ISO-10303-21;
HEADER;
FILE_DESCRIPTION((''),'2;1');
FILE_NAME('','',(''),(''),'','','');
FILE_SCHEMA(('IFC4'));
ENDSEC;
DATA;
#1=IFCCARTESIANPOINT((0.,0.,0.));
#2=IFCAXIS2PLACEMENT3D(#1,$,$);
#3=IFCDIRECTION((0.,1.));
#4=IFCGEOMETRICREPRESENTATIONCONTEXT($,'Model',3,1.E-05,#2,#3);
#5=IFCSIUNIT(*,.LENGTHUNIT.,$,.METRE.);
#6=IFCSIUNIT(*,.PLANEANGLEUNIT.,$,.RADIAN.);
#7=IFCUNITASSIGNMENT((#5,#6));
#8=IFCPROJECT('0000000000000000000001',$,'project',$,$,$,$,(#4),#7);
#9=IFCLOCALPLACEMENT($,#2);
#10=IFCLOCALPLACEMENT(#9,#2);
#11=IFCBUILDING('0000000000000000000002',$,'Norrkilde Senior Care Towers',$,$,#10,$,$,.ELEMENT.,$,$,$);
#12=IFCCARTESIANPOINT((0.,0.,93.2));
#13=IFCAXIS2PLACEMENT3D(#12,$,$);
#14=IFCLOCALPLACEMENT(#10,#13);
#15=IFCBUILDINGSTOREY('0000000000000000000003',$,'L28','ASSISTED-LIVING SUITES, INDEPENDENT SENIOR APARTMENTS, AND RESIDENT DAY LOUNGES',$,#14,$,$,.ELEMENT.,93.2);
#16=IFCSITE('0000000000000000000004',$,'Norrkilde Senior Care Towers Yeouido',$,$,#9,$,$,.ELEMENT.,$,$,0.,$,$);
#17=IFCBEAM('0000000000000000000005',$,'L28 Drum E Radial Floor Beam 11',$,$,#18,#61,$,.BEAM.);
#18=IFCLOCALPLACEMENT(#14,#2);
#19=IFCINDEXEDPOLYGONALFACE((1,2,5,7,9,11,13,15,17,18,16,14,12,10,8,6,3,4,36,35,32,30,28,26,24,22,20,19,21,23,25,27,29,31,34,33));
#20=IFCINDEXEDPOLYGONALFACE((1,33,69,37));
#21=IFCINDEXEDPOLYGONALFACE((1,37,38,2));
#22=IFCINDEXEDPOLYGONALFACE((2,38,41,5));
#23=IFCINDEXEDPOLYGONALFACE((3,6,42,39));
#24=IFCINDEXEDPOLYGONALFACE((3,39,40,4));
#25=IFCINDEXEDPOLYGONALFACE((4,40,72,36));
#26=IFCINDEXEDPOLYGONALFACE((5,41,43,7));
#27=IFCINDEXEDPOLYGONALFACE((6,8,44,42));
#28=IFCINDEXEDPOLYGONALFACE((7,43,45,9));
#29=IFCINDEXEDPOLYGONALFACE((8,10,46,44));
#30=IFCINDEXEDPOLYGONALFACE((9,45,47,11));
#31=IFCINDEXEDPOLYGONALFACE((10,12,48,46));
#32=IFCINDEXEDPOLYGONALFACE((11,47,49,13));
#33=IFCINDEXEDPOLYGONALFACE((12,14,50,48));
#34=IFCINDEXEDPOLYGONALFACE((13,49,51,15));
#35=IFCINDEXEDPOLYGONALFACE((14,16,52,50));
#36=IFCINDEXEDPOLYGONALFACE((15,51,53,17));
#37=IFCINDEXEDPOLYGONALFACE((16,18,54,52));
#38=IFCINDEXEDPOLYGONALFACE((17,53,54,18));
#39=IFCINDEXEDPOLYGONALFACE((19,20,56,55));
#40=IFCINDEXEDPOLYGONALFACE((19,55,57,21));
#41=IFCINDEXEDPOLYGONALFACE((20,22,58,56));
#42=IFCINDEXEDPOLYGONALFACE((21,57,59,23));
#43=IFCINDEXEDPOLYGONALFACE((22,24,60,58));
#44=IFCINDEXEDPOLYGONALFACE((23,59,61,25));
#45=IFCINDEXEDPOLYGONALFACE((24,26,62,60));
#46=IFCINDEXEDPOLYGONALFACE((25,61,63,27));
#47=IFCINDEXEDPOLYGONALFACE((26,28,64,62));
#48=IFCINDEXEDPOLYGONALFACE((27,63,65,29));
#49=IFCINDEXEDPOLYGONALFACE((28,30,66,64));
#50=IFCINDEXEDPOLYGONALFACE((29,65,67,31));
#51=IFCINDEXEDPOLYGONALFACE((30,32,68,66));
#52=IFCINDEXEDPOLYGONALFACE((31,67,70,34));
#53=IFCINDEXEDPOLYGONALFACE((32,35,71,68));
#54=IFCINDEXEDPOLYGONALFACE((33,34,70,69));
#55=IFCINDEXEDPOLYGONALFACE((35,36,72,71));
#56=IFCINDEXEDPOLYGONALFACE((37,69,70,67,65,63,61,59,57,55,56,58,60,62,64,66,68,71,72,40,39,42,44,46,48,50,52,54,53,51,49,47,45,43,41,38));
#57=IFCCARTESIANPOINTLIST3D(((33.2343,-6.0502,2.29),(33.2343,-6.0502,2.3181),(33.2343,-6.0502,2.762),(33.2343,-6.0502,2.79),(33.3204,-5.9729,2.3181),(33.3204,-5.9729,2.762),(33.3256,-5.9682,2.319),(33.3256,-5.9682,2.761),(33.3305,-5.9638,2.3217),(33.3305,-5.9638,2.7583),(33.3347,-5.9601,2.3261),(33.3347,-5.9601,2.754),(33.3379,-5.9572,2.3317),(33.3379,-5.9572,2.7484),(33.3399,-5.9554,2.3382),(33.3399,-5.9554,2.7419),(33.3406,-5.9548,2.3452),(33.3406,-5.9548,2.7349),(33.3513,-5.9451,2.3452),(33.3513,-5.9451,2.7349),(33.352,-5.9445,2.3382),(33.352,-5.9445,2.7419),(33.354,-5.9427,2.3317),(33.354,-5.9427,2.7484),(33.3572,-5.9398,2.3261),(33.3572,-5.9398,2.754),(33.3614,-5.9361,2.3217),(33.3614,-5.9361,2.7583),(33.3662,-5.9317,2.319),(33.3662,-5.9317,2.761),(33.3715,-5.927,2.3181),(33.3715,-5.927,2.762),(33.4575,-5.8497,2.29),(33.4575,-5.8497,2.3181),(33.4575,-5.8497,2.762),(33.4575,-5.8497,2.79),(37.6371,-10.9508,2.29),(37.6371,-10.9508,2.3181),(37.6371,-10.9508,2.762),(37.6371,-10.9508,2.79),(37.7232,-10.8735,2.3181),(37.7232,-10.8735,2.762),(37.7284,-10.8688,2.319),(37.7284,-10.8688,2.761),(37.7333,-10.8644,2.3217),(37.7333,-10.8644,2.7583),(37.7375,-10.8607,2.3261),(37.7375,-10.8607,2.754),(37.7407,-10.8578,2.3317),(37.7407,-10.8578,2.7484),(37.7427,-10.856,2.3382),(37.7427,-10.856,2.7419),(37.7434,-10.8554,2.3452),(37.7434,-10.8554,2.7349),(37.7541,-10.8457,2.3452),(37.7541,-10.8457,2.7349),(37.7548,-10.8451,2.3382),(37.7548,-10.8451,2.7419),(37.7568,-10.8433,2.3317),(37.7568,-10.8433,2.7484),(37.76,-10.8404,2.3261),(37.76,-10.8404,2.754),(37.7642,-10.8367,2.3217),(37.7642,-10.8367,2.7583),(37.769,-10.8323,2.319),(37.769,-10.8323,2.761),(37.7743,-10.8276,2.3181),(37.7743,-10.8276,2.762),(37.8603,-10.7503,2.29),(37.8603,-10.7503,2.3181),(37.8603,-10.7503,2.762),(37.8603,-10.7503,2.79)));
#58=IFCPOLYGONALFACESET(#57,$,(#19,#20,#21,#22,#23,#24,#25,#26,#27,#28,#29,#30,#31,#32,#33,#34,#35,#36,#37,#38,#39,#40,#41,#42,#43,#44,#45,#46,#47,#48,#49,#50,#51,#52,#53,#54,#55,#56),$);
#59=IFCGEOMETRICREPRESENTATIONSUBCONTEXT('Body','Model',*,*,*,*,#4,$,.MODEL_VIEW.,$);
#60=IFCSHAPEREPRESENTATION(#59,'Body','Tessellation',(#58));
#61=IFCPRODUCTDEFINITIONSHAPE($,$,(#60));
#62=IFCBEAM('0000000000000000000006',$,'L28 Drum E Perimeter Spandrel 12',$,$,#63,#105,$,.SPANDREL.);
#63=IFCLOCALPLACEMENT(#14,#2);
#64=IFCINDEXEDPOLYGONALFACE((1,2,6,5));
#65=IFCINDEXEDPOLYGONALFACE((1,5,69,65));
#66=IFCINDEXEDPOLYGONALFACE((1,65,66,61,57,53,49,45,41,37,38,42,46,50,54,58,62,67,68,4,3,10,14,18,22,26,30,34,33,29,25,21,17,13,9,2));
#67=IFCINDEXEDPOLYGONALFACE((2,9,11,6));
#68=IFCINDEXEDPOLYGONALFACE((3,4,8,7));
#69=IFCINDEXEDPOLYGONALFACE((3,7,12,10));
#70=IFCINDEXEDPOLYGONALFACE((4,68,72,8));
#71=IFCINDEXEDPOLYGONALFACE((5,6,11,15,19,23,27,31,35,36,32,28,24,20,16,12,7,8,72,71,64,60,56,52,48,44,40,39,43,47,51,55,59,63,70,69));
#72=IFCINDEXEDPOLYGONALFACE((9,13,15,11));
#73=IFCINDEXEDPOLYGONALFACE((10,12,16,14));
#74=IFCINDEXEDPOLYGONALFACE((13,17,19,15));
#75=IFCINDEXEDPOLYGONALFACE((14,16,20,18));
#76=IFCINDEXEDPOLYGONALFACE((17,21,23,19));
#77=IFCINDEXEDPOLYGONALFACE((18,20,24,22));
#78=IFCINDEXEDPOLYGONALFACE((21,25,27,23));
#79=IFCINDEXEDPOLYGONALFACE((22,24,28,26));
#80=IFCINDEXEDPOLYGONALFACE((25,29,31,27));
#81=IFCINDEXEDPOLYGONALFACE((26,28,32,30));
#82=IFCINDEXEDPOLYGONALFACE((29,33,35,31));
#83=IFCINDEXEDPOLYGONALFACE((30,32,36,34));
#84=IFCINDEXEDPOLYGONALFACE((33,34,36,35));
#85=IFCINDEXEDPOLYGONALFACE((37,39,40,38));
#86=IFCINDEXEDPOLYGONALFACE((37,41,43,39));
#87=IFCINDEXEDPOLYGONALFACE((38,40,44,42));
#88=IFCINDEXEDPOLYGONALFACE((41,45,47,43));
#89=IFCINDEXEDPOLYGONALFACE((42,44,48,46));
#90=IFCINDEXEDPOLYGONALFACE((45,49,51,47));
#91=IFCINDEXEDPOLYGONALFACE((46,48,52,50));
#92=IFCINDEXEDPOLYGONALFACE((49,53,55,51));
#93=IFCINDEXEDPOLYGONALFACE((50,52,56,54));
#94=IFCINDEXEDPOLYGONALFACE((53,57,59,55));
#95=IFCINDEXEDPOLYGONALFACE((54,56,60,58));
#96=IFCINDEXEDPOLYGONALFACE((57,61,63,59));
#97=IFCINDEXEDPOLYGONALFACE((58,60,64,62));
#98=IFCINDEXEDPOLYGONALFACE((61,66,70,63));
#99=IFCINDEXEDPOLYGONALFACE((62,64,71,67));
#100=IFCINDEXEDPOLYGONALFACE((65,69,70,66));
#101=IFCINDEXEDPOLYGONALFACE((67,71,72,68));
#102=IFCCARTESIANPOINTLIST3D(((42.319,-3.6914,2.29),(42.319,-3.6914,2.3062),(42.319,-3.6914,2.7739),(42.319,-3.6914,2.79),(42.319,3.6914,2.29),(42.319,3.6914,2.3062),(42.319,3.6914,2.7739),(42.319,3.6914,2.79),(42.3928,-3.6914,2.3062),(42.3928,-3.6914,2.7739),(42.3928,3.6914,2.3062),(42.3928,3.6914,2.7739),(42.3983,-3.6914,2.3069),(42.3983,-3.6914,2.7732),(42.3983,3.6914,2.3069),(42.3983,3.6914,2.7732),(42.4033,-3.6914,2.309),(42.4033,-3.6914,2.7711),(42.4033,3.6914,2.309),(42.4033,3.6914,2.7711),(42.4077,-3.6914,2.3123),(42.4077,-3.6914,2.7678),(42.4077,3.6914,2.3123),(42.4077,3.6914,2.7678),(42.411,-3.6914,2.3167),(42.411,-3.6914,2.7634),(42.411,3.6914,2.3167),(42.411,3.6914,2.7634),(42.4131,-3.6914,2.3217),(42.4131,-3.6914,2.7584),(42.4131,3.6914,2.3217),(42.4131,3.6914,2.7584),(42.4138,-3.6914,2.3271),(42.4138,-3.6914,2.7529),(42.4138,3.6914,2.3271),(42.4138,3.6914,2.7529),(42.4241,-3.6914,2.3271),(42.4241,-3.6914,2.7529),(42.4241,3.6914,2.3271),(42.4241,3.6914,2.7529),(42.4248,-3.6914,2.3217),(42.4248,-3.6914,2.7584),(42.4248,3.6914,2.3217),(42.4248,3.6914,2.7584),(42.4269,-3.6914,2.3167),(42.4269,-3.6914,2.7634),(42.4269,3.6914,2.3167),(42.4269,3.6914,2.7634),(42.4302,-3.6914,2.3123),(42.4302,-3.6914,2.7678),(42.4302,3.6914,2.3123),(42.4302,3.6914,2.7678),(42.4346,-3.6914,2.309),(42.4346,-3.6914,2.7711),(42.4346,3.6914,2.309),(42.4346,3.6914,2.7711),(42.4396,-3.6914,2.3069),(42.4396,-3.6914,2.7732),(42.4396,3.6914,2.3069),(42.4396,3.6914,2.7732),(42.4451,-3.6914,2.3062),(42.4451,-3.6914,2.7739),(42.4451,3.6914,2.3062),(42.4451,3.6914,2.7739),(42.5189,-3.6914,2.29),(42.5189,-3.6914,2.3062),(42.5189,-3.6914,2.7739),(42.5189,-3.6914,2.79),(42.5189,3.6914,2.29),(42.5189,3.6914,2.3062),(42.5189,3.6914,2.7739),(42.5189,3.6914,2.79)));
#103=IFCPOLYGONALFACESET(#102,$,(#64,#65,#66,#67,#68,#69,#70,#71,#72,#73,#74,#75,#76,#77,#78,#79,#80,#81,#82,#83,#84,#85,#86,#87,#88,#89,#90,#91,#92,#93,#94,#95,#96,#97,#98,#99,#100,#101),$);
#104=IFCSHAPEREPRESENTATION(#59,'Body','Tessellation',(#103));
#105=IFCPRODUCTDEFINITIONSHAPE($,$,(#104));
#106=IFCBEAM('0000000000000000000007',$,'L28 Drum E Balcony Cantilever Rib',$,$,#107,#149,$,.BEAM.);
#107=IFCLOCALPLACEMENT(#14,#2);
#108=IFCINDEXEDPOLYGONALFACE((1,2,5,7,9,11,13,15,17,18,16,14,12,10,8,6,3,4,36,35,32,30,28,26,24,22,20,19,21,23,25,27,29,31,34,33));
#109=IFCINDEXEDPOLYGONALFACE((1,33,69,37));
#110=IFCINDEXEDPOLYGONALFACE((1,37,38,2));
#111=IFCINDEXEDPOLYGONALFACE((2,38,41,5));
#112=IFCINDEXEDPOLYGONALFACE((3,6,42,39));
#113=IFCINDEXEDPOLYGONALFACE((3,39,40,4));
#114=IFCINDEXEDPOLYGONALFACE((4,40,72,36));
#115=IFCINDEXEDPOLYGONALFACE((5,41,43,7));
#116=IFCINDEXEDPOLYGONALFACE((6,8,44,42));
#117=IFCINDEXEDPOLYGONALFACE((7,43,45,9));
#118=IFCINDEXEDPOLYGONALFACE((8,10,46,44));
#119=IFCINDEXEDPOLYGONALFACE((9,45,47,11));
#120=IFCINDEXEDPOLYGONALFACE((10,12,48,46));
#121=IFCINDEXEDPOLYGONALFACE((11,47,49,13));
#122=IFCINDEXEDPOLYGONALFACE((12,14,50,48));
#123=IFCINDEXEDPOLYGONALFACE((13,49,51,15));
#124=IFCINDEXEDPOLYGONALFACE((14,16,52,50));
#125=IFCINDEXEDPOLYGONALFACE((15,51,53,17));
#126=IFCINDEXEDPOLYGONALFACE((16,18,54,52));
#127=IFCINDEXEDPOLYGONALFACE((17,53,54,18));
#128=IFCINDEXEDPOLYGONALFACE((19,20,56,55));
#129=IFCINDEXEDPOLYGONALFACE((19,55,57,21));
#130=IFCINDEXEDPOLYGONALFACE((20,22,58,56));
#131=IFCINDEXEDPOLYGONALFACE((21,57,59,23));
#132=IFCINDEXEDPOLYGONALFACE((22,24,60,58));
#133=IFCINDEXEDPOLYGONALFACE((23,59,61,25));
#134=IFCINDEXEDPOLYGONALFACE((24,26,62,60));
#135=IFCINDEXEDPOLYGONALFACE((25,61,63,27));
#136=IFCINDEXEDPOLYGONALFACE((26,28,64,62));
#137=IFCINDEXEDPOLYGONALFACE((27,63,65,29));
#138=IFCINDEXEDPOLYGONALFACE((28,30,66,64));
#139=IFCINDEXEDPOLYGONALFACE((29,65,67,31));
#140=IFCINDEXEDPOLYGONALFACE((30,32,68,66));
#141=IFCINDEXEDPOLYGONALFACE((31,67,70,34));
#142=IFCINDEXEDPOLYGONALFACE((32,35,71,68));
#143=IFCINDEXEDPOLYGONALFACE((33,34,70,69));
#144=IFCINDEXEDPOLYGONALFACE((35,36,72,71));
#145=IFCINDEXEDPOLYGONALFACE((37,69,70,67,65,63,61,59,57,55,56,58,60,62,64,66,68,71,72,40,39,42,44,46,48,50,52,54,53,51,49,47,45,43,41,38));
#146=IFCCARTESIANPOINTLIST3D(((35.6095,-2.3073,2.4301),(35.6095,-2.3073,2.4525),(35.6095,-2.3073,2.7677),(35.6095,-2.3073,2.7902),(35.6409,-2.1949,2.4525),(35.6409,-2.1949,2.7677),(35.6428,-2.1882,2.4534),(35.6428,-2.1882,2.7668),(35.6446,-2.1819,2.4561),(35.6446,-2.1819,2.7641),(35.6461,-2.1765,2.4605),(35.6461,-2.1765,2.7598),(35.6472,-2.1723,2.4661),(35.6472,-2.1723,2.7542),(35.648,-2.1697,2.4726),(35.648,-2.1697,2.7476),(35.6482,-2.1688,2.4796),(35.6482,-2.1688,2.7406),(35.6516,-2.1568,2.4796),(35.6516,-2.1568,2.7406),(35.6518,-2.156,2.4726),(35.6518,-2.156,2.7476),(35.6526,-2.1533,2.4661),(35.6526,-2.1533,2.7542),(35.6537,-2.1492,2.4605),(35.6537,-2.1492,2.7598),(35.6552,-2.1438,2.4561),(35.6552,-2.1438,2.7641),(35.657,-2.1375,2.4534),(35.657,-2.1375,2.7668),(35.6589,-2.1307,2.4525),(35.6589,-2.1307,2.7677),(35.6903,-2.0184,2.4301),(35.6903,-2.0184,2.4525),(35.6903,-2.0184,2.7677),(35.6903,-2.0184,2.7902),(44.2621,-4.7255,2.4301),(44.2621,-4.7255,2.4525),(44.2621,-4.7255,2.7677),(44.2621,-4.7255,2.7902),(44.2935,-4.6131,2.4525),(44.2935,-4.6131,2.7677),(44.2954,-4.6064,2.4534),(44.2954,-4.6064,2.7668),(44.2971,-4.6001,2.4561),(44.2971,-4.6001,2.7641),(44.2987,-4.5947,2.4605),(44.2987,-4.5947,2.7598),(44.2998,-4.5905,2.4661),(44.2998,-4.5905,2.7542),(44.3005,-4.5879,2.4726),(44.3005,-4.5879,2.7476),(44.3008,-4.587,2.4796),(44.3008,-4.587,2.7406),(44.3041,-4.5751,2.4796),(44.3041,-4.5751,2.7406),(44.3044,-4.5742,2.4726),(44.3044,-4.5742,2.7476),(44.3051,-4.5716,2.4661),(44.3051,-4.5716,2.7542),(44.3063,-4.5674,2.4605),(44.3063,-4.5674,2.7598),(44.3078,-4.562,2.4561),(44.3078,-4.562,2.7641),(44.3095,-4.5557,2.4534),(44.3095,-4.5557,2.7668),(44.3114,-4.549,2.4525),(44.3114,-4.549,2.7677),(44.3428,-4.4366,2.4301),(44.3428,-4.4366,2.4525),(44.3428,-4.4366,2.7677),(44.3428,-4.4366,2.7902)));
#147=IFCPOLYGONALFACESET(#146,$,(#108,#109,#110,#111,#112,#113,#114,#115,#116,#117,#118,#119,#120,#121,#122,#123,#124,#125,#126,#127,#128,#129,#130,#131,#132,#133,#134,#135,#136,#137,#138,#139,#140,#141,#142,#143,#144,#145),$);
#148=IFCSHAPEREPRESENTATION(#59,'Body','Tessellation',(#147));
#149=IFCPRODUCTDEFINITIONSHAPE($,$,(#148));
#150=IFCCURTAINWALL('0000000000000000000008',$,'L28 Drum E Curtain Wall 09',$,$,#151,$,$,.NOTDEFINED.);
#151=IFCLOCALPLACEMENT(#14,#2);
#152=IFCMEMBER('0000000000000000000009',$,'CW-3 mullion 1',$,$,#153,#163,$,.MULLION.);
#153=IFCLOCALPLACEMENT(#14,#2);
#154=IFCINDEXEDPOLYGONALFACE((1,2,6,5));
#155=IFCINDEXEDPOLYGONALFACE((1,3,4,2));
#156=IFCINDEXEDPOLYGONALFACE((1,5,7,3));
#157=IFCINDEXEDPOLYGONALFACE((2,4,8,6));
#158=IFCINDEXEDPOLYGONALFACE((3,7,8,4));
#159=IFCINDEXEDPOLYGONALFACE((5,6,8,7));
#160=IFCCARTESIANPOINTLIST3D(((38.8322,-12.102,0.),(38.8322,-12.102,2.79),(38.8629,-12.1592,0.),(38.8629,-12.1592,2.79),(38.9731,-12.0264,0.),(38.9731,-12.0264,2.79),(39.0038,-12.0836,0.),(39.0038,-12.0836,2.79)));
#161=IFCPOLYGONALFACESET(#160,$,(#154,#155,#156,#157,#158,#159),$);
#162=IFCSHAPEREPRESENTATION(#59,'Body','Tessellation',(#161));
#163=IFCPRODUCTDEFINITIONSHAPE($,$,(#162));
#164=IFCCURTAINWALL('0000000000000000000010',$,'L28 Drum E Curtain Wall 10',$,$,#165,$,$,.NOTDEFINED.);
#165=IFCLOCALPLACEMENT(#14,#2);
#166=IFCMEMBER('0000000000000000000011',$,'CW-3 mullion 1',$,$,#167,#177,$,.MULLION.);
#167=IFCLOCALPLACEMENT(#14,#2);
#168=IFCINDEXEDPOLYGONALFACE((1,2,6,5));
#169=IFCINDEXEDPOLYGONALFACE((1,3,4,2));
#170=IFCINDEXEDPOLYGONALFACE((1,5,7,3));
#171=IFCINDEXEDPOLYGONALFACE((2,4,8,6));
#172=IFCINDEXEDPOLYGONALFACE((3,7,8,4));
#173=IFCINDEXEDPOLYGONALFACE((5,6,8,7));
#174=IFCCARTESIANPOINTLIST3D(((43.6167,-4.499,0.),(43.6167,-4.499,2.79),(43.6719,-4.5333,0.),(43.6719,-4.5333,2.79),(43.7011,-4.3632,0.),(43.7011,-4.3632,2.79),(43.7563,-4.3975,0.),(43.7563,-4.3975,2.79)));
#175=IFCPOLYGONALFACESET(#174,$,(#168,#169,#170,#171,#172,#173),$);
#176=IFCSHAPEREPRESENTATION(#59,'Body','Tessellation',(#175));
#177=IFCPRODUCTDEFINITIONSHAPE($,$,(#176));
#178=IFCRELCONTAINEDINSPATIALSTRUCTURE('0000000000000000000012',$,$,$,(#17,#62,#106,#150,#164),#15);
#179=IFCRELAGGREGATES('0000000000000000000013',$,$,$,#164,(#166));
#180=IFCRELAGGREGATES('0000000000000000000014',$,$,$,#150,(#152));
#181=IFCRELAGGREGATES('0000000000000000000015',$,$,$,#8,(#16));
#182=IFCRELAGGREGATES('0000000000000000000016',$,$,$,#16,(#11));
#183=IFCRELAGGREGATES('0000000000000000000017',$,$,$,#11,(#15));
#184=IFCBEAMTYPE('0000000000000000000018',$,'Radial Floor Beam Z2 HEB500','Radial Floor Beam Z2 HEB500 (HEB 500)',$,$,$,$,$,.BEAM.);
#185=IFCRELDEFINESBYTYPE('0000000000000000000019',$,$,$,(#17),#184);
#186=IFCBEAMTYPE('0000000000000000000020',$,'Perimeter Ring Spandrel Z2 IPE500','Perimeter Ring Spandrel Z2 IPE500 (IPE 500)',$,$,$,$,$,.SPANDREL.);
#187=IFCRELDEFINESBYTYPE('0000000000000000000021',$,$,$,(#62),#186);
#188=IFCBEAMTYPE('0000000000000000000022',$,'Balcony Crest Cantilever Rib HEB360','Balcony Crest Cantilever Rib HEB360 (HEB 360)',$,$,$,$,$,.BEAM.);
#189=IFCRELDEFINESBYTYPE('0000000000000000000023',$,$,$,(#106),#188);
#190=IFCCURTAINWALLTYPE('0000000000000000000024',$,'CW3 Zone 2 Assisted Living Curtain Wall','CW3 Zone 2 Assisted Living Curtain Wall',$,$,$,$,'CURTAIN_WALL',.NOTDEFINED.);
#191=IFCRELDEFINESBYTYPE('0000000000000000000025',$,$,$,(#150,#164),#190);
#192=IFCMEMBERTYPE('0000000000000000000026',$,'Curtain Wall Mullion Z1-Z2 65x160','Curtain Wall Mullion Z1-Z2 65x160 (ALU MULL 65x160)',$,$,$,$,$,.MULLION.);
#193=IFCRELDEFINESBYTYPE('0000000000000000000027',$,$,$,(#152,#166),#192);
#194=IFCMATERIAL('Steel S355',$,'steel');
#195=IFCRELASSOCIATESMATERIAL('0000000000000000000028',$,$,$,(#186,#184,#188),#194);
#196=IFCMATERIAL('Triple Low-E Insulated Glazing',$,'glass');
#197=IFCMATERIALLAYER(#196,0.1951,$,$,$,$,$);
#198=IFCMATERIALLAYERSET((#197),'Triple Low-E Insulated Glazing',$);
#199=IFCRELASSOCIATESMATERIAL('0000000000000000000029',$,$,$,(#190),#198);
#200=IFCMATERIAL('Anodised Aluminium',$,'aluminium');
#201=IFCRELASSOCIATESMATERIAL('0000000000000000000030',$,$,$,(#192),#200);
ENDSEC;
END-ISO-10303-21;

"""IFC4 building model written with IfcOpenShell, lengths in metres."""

from ifc_helpers import new_model, si_unit, direction, frame, origin, origin_2d, place, context, subcontext, project, spatial, rectangle, i_section, extrude, source, transform, mapped, material, layer, layer_set, material_profile, profile_set, type_object, type_shapes, element, aggregate, save


model = new_model("IFC4")

# Units and contexts
model_context = context("Model", 3, precision=1e-05, world=origin(), true_north=direction((0.0, 1.0)))
body_context = subcontext(model_context, "Body", "Model", "MODEL_VIEW")
ifc_project = project(units=[si_unit("LENGTHUNIT", "METRE"), si_unit("PLANEANGLEUNIT", "RADIAN")], contexts=[model_context])

# Site, building, storey
site_placement = place(None, origin())
site = spatial("IfcSite", under=ifc_project, at=site_placement, Name="Norrkilde Senior Care Towers Yeouido", CompositionType="ELEMENT", RefElevation=0.0)
building_placement = place(site_placement, origin())
building = spatial("IfcBuilding", under=site, at=building_placement, Name="Norrkilde Senior Care Towers", CompositionType="ELEMENT")
storey_placement = place(building_placement, frame((0.0, 0.0, 93.2)))
storey = spatial("IfcBuildingStorey", under=building, at=storey_placement, Name="L28", Description="ASSISTED-LIVING SUITES, INDEPENDENT SENIOR APARTMENTS, AND RESIDENT DAY LOUNGES", CompositionType="ELEMENT", Elevation=93.2)

# Beams
ifc_material_1 = material(Name="Steel S355", Category="steel")
ifc_material_profile_1 = material_profile(ifc_material_1, i_section(OverallWidth=0.2, OverallDepth=0.5, WebThickness=0.0103, FlangeThickness=0.0161, FilletRadius=0.021, at=origin_2d()), Name="IPE 500")
ifc_profile_set_1 = profile_set([ifc_material_profile_1], Name="Steel S355")
beam_type_1 = type_object("IfcBeamType", Name="Perimeter Ring Spandrel Z2 IPE500", Description="Perimeter Ring Spandrel Z2 IPE500 (IPE 500)", PredefinedType="SPANDREL", material=ifc_profile_set_1)
ifc_material_profile_2 = material_profile(ifc_material_1, i_section(OverallWidth=0.3, OverallDepth=0.5, WebThickness=0.0144, FlangeThickness=0.0281, FilletRadius=0.0271, at=origin_2d()), Name="HEB 500")
ifc_profile_set_2 = profile_set([ifc_material_profile_2], Name="Steel S355")
beam_type_2 = type_object("IfcBeamType", Name="Radial Floor Beam Z2 HEB500", Description="Radial Floor Beam Z2 HEB500 (HEB 500)", PredefinedType="BEAM", material=ifc_profile_set_2)
shared_shape_1 = source(origin(), body_context, "Body", "SweptSolid", [
    extrude(i_section(OverallWidth=0.3, OverallDepth=0.5, WebThickness=0.0144, FlangeThickness=0.0281, FilletRadius=0.0271, at=origin_2d()), origin(), (0.0, 0.0, 1.0), 6.5879),
])
type_shapes(beam_type_2, [shared_shape_1])
beam_1_placement = place(storey_placement, frame((33.3459, -5.95, 2.54), z_axis=(0.668315, -0.743878, 0.0), x_axis=(0.743878, 0.668315, 0.0)))
element("IfcBeam", 1, at=beam_1_placement, inside=storey, type_object=beam_type_2, Name="L28 Drum E Radial Floor Beam 11", PredefinedType="BEAM", context=body_context, shape_type="MappedRepresentation", body=[
    mapped(shared_shape_1, transform((0.0, 0.0, 0.0), x_axis=(1.0, 0.0, 0.0), y_axis=(0.0, 1.0, 0.0), z_axis=(0.0, 0.0, 1.0), scale=1.0)),
])
shared_shape_2 = source(origin(), body_context, "Body", "SweptSolid", [
    extrude(i_section(OverallWidth=0.2, OverallDepth=0.5, WebThickness=0.0103, FlangeThickness=0.0161, FilletRadius=0.021, at=origin_2d()), origin(), (0.0, 0.0, 1.0), 7.3828),
])
beam_2_placement = place(storey_placement, frame((42.4189, -3.6914, 2.54), z_axis=(0.0, 1.0, 0.0), x_axis=(-1.0, 0.0, 0.0)))
element("IfcBeam", 2, at=beam_2_placement, inside=storey, type_object=beam_type_1, Name="L28 Drum E Perimeter Spandrel 12", PredefinedType="SPANDREL", context=body_context, shape_type="MappedRepresentation", body=[
    mapped(shared_shape_2, transform((0.0, 0.0, 0.0), x_axis=(1.0, 0.0, 0.0), y_axis=(0.0, 1.0, 0.0), z_axis=(0.0, 0.0, 1.0), scale=1.0)),
])
ifc_material_profile_3 = material_profile(ifc_material_1, i_section(OverallWidth=0.3, OverallDepth=0.3601, WebThickness=0.0125, FlangeThickness=0.0225, FilletRadius=0.0271, at=origin_2d()), Name="HEB 360")
ifc_profile_set_3 = profile_set([ifc_material_profile_3], Name="Steel S355")
beam_type_3 = type_object("IfcBeamType", Name="Balcony Crest Cantilever Rib HEB360", Description="Balcony Crest Cantilever Rib HEB360 (HEB 360)", PredefinedType="BEAM", material=ifc_profile_set_3)
shared_shape_3 = source(origin(), body_context, "Body", "SweptSolid", [
    extrude(i_section(OverallWidth=0.3, OverallDepth=0.3601, WebThickness=0.0125, FlangeThickness=0.0225, FilletRadius=0.0271, at=origin_2d()), origin(), (0.0, 0.0, 1.0), 8.9841),
])
type_shapes(beam_type_3, [shared_shape_3])
beam_3_placement = place(storey_placement, frame((35.6499, -2.1628, 2.6101), z_axis=(0.963094, -0.269164, 0.0), x_axis=(0.269164, 0.963094, 0.0)))
element("IfcBeam", 3, at=beam_3_placement, inside=storey, type_object=beam_type_3, Name="L28 Drum E Balcony Cantilever Rib", PredefinedType="BEAM", context=body_context, shape_type="MappedRepresentation", body=[
    mapped(shared_shape_3, transform((0.0, 0.0, 0.0), x_axis=(1.0, 0.0, 0.0), y_axis=(0.0, 1.0, 0.0), z_axis=(0.0, 0.0, 1.0), scale=1.0)),
])

# Curtain wall, member
ifc_material_2 = material(Name="Triple Low-E Insulated Glazing", Category="glass")
ifc_layer_1 = layer(ifc_material_2, 0.1951)
ifc_layer_set_1 = layer_set([ifc_layer_1], Name="Triple Low-E Insulated Glazing")
curtain_wall_type = type_object("IfcCurtainWallType", Name="CW3 Zone 2 Assisted Living Curtain Wall", Description="CW3 Zone 2 Assisted Living Curtain Wall", ElementType="CURTAIN_WALL", PredefinedType="NOTDEFINED", material=ifc_layer_set_1)
curtain_wall_1_placement = place(storey_placement, origin())
curtain_wall_1 = element("IfcCurtainWall", 4, at=curtain_wall_1_placement, inside=storey, type_object=curtain_wall_type, Name="L28 Drum E Curtain Wall 09", PredefinedType="NOTDEFINED")
ifc_material_3 = material(Name="Anodised Aluminium", Category="aluminium")
ifc_material_profile_4 = material_profile(ifc_material_3, rectangle(XDim=0.0649, YDim=0.1599, at=origin_2d()), Name="ALU MULL 65x160")
ifc_profile_set_4 = profile_set([ifc_material_profile_4], Name="Anodised Aluminium")
member_type_1 = type_object("IfcMemberType", Name="Curtain Wall Mullion Z1-Z2 65x160", Description="Curtain Wall Mullion Z1-Z2 65x160 (ALU MULL 65x160)", PredefinedType="MULLION", material=ifc_profile_set_4)
shared_shape_4 = source(origin(), body_context, "Body", "SweptSolid", [
    extrude(rectangle(XDim=0.0649, YDim=0.1599, at=origin_2d()), origin(), (0.0, 0.0, 1.0), 2.79),
])
type_shapes(member_type_1, [shared_shape_4])
member_1_placement = place(storey_placement, frame((38.918, -12.0928, 0.0), z_axis=(0.0, 0.0, 1.0), x_axis=(0.472769, -0.881186, 0.0)))
member_1 = element("IfcMember", 5, at=member_1_placement, type_object=member_type_1, Name="CW-3 mullion 1", PredefinedType="MULLION", context=body_context, shape_type="MappedRepresentation", body=[
    mapped(shared_shape_4, transform((0.0, 0.0, 0.0), x_axis=(1.0, 0.0, 0.0), y_axis=(0.0, 1.0, 0.0), z_axis=(0.0, 0.0, 1.0), scale=1.0)),
])

# Curtain wall, member
curtain_wall_2_placement = place(storey_placement, origin())
curtain_wall_2 = element("IfcCurtainWall", 6, at=curtain_wall_2_placement, inside=storey, type_object=curtain_wall_type, Name="L28 Drum E Curtain Wall 10", PredefinedType="NOTDEFINED")
member_2_placement = place(storey_placement, frame((43.6865, -4.4482, 0.0), z_axis=(0.0, 0.0, 1.0), x_axis=(0.84941, -0.527733, 0.0)))
member_2 = element("IfcMember", 7, at=member_2_placement, type_object=member_type_1, Name="CW-3 mullion 1", PredefinedType="MULLION", context=body_context, shape_type="MappedRepresentation", body=[
    mapped(shared_shape_4, transform((0.0, 0.0, 0.0), x_axis=(1.0, 0.0, 0.0), y_axis=(0.0, 1.0, 0.0), z_axis=(0.0, 0.0, 1.0), scale=1.0)),
])

aggregate(curtain_wall_2, [member_2])
aggregate(curtain_wall_1, [member_1])

save(model, "model.ifc")
